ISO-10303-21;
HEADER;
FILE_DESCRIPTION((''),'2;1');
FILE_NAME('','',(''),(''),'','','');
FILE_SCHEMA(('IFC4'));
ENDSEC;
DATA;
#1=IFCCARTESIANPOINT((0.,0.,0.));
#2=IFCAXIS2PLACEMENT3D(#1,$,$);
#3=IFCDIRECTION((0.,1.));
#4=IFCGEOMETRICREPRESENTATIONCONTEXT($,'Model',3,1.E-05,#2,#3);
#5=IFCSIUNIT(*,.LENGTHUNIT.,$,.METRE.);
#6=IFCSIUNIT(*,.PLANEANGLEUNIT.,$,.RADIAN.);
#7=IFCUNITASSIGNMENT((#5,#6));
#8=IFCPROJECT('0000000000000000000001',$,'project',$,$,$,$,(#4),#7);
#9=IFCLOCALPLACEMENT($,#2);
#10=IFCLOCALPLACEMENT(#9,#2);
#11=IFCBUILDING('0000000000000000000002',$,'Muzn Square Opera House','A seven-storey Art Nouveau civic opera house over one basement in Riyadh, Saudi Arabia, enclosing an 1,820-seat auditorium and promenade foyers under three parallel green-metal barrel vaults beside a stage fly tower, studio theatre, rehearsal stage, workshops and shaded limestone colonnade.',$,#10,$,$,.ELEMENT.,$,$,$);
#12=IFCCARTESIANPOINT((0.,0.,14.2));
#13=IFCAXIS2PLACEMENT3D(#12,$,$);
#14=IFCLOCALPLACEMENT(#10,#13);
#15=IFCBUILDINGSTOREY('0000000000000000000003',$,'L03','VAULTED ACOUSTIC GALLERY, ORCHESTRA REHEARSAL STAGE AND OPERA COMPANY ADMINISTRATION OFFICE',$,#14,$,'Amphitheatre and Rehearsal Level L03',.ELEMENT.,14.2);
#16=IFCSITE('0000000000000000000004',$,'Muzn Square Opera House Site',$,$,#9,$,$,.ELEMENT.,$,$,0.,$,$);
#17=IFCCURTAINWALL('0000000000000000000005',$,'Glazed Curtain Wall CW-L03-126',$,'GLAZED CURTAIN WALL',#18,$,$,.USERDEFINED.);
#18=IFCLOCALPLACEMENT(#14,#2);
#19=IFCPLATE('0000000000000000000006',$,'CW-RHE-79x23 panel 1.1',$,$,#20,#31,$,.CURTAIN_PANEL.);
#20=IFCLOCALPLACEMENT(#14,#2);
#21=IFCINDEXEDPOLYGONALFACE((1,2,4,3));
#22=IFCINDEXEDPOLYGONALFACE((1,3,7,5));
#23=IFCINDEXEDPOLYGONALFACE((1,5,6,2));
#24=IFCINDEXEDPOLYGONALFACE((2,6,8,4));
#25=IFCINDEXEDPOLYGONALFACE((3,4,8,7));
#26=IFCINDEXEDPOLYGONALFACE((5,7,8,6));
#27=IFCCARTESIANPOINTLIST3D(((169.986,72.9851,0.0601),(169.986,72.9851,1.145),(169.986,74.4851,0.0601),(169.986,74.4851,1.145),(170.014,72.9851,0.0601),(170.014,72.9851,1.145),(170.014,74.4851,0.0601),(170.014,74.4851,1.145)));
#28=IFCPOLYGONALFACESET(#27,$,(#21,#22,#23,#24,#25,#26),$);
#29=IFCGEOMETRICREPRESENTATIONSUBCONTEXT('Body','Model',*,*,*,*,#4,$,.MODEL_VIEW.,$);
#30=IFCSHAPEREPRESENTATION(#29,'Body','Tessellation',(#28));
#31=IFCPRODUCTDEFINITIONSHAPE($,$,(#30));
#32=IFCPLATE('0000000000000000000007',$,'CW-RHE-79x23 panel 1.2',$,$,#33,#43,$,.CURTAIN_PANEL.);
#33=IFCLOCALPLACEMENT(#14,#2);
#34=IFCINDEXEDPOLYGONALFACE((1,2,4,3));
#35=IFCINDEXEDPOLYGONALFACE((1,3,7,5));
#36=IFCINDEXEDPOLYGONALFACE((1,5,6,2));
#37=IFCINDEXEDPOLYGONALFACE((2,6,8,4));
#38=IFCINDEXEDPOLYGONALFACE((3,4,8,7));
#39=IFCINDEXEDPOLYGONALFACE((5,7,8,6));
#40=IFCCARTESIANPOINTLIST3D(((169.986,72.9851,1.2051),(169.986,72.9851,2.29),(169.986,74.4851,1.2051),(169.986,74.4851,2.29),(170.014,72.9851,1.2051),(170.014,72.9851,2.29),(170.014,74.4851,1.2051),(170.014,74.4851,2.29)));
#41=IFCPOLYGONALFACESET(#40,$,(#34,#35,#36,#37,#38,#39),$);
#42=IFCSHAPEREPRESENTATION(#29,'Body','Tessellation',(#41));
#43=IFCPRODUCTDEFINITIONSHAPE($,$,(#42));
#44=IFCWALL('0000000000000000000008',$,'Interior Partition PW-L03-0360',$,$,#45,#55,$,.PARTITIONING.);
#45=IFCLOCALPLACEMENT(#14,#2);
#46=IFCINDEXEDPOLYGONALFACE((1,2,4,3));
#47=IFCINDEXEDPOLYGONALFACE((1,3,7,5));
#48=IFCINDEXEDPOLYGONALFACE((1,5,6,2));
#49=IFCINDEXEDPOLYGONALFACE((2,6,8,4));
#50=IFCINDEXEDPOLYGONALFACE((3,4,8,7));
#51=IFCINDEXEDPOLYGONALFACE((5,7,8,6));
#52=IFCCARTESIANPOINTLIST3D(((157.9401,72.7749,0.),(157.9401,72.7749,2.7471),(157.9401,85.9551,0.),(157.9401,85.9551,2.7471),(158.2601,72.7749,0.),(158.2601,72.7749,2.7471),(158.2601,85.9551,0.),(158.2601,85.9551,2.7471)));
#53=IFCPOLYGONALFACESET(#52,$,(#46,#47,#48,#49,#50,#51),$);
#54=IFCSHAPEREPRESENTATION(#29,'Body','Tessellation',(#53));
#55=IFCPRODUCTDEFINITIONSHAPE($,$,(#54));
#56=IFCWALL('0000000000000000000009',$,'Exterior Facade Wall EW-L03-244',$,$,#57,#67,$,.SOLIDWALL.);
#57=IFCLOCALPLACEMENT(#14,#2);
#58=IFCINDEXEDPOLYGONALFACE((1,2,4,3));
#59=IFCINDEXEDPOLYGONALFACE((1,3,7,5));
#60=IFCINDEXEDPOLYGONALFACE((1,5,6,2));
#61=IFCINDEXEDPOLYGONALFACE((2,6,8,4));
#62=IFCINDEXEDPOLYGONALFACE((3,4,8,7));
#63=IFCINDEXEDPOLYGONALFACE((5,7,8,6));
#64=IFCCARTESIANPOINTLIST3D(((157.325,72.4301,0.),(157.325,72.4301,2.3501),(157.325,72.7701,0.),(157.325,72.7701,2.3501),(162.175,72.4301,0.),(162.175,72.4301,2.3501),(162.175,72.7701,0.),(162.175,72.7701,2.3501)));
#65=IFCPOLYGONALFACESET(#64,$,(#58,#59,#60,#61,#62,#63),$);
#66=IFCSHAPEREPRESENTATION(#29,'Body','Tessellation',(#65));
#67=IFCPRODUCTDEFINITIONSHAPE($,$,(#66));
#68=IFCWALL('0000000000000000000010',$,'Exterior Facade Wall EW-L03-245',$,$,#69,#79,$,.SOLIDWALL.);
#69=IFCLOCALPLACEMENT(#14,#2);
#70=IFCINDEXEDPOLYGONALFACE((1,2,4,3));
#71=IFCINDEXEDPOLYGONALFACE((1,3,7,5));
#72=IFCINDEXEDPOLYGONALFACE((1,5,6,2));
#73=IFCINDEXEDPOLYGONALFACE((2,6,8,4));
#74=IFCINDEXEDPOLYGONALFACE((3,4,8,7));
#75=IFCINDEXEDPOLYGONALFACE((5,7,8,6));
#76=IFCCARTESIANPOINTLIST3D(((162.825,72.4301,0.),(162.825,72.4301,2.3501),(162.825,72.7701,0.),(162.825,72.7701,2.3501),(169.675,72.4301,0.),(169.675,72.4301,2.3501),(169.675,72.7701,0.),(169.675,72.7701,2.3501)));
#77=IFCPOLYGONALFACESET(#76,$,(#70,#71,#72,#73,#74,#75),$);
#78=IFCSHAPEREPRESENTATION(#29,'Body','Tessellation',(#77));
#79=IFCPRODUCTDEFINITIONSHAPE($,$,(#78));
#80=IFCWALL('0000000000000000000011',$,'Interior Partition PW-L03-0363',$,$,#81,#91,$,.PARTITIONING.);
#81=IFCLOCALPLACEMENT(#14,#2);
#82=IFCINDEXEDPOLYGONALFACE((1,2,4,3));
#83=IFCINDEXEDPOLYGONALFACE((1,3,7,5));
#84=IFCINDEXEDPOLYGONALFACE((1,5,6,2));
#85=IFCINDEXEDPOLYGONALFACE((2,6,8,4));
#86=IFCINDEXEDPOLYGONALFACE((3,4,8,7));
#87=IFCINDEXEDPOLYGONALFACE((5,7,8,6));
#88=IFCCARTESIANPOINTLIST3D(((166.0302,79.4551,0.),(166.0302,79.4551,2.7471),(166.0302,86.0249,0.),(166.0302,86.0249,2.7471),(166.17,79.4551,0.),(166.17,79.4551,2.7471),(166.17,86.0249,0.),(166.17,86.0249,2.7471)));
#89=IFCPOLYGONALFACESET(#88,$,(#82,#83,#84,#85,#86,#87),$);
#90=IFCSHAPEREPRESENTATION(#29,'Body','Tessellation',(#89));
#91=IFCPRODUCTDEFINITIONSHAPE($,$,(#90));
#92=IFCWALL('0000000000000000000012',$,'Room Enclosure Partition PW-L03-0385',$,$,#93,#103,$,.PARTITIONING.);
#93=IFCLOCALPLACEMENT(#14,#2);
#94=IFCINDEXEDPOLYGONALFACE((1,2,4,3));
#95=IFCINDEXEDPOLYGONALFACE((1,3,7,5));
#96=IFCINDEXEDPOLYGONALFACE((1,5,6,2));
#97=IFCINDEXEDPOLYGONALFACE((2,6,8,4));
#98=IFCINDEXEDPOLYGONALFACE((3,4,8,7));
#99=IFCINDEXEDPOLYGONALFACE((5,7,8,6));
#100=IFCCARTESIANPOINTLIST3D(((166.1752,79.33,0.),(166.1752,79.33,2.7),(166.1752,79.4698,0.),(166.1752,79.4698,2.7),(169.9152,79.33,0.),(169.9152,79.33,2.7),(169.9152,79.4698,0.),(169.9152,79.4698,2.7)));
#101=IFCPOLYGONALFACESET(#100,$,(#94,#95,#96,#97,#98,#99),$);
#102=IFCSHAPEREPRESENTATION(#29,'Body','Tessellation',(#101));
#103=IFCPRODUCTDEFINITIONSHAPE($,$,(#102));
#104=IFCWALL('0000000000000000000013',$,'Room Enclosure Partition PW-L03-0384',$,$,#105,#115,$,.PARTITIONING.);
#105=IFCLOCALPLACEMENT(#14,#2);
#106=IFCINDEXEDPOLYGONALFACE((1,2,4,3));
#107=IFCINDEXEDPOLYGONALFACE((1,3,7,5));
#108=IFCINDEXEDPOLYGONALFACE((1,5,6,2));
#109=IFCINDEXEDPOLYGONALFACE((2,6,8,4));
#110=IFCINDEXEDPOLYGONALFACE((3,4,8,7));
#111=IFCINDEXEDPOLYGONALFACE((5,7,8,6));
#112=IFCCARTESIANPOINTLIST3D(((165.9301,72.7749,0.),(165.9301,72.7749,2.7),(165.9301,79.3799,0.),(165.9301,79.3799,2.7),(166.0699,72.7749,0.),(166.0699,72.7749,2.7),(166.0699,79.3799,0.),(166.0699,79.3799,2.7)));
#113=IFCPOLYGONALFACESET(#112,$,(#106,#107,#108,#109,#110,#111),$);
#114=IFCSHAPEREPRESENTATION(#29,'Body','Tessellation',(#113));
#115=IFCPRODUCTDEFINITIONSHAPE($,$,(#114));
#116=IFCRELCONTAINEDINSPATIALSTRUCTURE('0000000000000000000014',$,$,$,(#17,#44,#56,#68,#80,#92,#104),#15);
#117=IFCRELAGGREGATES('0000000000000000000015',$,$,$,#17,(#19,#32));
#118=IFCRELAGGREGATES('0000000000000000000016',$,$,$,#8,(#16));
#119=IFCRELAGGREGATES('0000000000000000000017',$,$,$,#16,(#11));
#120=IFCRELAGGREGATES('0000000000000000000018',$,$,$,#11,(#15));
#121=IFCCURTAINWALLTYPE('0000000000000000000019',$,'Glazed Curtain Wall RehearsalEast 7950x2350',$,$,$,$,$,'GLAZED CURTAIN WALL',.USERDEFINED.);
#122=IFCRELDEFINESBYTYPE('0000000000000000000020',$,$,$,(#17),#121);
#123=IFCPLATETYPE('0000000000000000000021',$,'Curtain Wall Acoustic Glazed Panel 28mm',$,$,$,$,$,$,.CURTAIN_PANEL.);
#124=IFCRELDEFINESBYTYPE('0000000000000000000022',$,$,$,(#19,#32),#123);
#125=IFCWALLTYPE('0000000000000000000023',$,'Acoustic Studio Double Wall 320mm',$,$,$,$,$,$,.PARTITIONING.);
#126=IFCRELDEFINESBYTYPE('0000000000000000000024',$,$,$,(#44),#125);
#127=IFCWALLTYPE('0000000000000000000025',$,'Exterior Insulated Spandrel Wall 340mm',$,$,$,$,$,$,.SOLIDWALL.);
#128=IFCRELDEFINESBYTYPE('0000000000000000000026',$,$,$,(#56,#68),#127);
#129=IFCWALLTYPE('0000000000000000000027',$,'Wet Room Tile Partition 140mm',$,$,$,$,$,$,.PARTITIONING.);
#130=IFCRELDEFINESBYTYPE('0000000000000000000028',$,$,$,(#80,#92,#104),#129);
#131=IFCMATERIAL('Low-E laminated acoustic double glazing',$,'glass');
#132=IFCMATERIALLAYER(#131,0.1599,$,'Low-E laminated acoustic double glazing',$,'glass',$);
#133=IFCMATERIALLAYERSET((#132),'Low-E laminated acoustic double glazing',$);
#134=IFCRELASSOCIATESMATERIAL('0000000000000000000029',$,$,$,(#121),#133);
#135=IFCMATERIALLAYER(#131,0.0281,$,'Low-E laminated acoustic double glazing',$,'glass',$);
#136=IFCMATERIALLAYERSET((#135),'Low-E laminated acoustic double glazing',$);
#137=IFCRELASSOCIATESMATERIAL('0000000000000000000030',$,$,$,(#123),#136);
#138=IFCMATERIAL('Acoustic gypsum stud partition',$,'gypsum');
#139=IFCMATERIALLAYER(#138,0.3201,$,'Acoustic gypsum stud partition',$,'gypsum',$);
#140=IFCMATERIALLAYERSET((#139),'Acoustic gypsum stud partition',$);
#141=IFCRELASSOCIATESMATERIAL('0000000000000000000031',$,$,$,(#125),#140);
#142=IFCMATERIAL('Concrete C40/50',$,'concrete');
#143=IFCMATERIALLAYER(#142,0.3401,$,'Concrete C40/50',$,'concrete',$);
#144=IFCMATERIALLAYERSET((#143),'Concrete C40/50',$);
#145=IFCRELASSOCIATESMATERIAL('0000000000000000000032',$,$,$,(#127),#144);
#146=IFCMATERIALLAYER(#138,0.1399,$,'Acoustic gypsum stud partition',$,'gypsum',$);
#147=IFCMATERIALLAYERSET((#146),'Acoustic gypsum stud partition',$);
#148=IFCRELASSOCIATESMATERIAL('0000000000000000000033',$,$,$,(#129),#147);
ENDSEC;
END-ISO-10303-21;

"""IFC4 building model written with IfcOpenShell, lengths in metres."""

from ifc_helpers import new_model, si_unit, direction, frame, frame_2d, origin, origin_2d, place, context, subcontext, project, spatial, rectangle, extrude, material, layer, layer_set, type_object, element, aggregate, save


model = new_model("IFC4")

# Units and contexts
model_context = context("Model", 3, precision=1e-05, world=origin(), true_north=direction((0.0, 1.0)))
body_context = subcontext(model_context, "Body", "Model", "MODEL_VIEW")
ifc_project = project(units=[si_unit("LENGTHUNIT", "METRE"), si_unit("PLANEANGLEUNIT", "RADIAN")], contexts=[model_context])

# Site, building, storey
site_placement = place(None, origin())
site = spatial("IfcSite", under=ifc_project, at=site_placement, Name="Muzn Square Opera House Site", CompositionType="ELEMENT", RefElevation=0.0)
building_placement = place(site_placement, origin())
building = spatial("IfcBuilding", under=site, at=building_placement, Name="Muzn Square Opera House", Description="A seven-storey Art Nouveau civic opera house over one basement in Riyadh, Saudi Arabia, enclosing an 1,820-seat auditorium and promenade foyers under three parallel green-metal barrel vaults beside a stage fly tower, studio theatre, rehearsal stage, workshops and shaded limestone colonnade.", CompositionType="ELEMENT")
storey_placement = place(building_placement, frame((0.0, 0.0, 14.2)))
storey = spatial("IfcBuildingStorey", under=building, at=storey_placement, Name="L03", Description="VAULTED ACOUSTIC GALLERY, ORCHESTRA REHEARSAL STAGE AND OPERA COMPANY ADMINISTRATION OFFICE", LongName="Amphitheatre and Rehearsal Level L03", CompositionType="ELEMENT", Elevation=14.2)

# Curtain wall
ifc_material_1 = material(Name="Low-E laminated acoustic double glazing", Category="glass")
ifc_layer_1 = layer(ifc_material_1, 0.1599, Name="Low-E laminated acoustic double glazing", Category="glass")
ifc_layer_set_1 = layer_set([ifc_layer_1], Name="Low-E laminated acoustic double glazing")
curtain_wall_type = type_object("IfcCurtainWallType", Name="Glazed Curtain Wall RehearsalEast 7950x2350", ElementType="GLAZED CURTAIN WALL", PredefinedType="USERDEFINED", material=ifc_layer_set_1)
curtain_wall_placement = place(storey_placement, origin())
curtain_wall = element("IfcCurtainWall", 1, at=curtain_wall_placement, inside=storey, type_object=curtain_wall_type, Name="Glazed Curtain Wall CW-L03-126", ObjectType="GLAZED CURTAIN WALL", PredefinedType="USERDEFINED")

# Shared definitions
ifc_material_2 = material(Name="Concrete C40/50", Category="concrete")

# Plates
ifc_layer_2 = layer(ifc_material_1, 0.0281, Name="Low-E laminated acoustic double glazing", Category="glass")
ifc_layer_set_2 = layer_set([ifc_layer_2], Name="Low-E laminated acoustic double glazing")
plate_type = type_object("IfcPlateType", Name="Curtain Wall Acoustic Glazed Panel 28mm", PredefinedType="CURTAIN_PANEL", material=ifc_layer_set_2)
plate_1_placement = place(storey_placement, frame((170.0, 73.7351, 0.0601), z_axis=(0.0, 0.0, 1.0), x_axis=(0.0, 1.0, 0.0)))
plate_1 = element("IfcPlate", 2, at=plate_1_placement, type_object=plate_type, Name="CW-RHE-79x23 panel 1.1", PredefinedType="CURTAIN_PANEL", context=body_context, shape_type="SweptSolid", body=[
    extrude(rectangle(XDim=1.5, YDim=0.0281, at=origin_2d()), origin(), (0.0, 0.0, 1.0), 1.085),
])
plate_2_placement = place(storey_placement, frame((170.0, 73.7351, 1.2051), z_axis=(0.0, 0.0, 1.0), x_axis=(0.0, 1.0, 0.0)))
plate_2 = element("IfcPlate", 3, at=plate_2_placement, type_object=plate_type, Name="CW-RHE-79x23 panel 1.2", PredefinedType="CURTAIN_PANEL", context=body_context, shape_type="SweptSolid", body=[
    extrude(rectangle(XDim=1.5, YDim=0.0281, at=origin_2d()), origin(), (0.0, 0.0, 1.0), 1.085),
])
aggregate(curtain_wall, [plate_1, plate_2])

# Walls
ifc_material_3 = material(Name="Acoustic gypsum stud partition", Category="gypsum")
ifc_layer_3 = layer(ifc_material_3, 0.3201, Name="Acoustic gypsum stud partition", Category="gypsum")
ifc_layer_set_3 = layer_set([ifc_layer_3], Name="Acoustic gypsum stud partition")
wall_type_1 = type_object("IfcWallType", Name="Acoustic Studio Double Wall 320mm", PredefinedType="PARTITIONING", material=ifc_layer_set_3)
wall_1_placement = place(storey_placement, frame((158.1001, 72.7749, 0.0), z_axis=(0.0, 0.0, 1.0), x_axis=(0.0, 1.0, 0.0)))
element("IfcWall", 4, at=wall_1_placement, inside=storey, type_object=wall_type_1, Name="Interior Partition PW-L03-0360", PredefinedType="PARTITIONING", context=body_context, shape_type="SweptSolid", body=[
    extrude(rectangle(XDim=13.1802, YDim=0.3201, at=frame_2d((6.5901, 0.0))), origin(), (0.0, 0.0, 1.0), 2.7471),
])
ifc_layer_4 = layer(ifc_material_2, 0.3401, Name="Concrete C40/50", Category="concrete")
ifc_layer_set_4 = layer_set([ifc_layer_4], Name="Concrete C40/50")
wall_type_2 = type_object("IfcWallType", Name="Exterior Insulated Spandrel Wall 340mm", PredefinedType="SOLIDWALL", material=ifc_layer_set_4)
wall_2_placement = place(storey_placement, frame((157.325, 72.6001, 0.0), z_axis=(0.0, 0.0, 1.0), x_axis=(1.0, 0.0, 0.0)))
element("IfcWall", 5, at=wall_2_placement, inside=storey, type_object=wall_type_2, Name="Exterior Facade Wall EW-L03-244", PredefinedType="SOLIDWALL", context=body_context, shape_type="SweptSolid", body=[
    extrude(rectangle(XDim=4.8501, YDim=0.3401, at=frame_2d((2.425, 0.0))), origin(), (0.0, 0.0, 1.0), 2.3501),
])
wall_3_placement = place(storey_placement, frame((162.825, 72.6001, 0.0), z_axis=(0.0, 0.0, 1.0), x_axis=(1.0, 0.0, 0.0)))
element("IfcWall", 6, at=wall_3_placement, inside=storey, type_object=wall_type_2, Name="Exterior Facade Wall EW-L03-245", PredefinedType="SOLIDWALL", context=body_context, shape_type="SweptSolid", body=[
    extrude(rectangle(XDim=6.8501, YDim=0.3401, at=frame_2d((3.425, 0.0))), origin(), (0.0, 0.0, 1.0), 2.3501),
])
ifc_layer_5 = layer(ifc_material_3, 0.1399, Name="Acoustic gypsum stud partition", Category="gypsum")
ifc_layer_set_5 = layer_set([ifc_layer_5], Name="Acoustic gypsum stud partition")
wall_type_3 = type_object("IfcWallType", Name="Wet Room Tile Partition 140mm", PredefinedType="PARTITIONING", material=ifc_layer_set_5)
wall_4_placement = place(storey_placement, frame((166.1001, 79.4551, 0.0), z_axis=(0.0, 0.0, 1.0), x_axis=(0.0, 1.0, 0.0)))
element("IfcWall", 7, at=wall_4_placement, inside=storey, type_object=wall_type_3, Name="Interior Partition PW-L03-0363", PredefinedType="PARTITIONING", context=body_context, shape_type="SweptSolid", body=[
    extrude(rectangle(XDim=6.5698, YDim=0.1399, at=frame_2d((3.2849, 0.0))), origin(), (0.0, 0.0, 1.0), 2.7471),
])
wall_5_placement = place(storey_placement, frame((166.175, 79.3999, 0.0), z_axis=(0.0, 0.0, 1.0), x_axis=(1.0, 0.0, 0.0)))
element("IfcWall", 8, at=wall_5_placement, inside=storey, type_object=wall_type_3, Name="Room Enclosure Partition PW-L03-0385", PredefinedType="PARTITIONING", context=body_context, shape_type="SweptSolid", body=[
    extrude(rectangle(XDim=3.74, YDim=0.1399, at=frame_2d((1.8701, 0.0))), origin(), (0.0, 0.0, 1.0), 2.7),
])
wall_6_placement = place(storey_placement, frame((166.0, 72.7749, 0.0), z_axis=(0.0, 0.0, 1.0), x_axis=(0.0, 1.0, 0.0)))
element("IfcWall", 9, at=wall_6_placement, inside=storey, type_object=wall_type_3, Name="Room Enclosure Partition PW-L03-0384", PredefinedType="PARTITIONING", context=body_context, shape_type="SweptSolid", body=[
    extrude(rectangle(XDim=6.605, YDim=0.1399, at=frame_2d((3.3025, 0.0))), origin(), (0.0, 0.0, 1.0), 2.7),
])

save(model, "model.ifc")
